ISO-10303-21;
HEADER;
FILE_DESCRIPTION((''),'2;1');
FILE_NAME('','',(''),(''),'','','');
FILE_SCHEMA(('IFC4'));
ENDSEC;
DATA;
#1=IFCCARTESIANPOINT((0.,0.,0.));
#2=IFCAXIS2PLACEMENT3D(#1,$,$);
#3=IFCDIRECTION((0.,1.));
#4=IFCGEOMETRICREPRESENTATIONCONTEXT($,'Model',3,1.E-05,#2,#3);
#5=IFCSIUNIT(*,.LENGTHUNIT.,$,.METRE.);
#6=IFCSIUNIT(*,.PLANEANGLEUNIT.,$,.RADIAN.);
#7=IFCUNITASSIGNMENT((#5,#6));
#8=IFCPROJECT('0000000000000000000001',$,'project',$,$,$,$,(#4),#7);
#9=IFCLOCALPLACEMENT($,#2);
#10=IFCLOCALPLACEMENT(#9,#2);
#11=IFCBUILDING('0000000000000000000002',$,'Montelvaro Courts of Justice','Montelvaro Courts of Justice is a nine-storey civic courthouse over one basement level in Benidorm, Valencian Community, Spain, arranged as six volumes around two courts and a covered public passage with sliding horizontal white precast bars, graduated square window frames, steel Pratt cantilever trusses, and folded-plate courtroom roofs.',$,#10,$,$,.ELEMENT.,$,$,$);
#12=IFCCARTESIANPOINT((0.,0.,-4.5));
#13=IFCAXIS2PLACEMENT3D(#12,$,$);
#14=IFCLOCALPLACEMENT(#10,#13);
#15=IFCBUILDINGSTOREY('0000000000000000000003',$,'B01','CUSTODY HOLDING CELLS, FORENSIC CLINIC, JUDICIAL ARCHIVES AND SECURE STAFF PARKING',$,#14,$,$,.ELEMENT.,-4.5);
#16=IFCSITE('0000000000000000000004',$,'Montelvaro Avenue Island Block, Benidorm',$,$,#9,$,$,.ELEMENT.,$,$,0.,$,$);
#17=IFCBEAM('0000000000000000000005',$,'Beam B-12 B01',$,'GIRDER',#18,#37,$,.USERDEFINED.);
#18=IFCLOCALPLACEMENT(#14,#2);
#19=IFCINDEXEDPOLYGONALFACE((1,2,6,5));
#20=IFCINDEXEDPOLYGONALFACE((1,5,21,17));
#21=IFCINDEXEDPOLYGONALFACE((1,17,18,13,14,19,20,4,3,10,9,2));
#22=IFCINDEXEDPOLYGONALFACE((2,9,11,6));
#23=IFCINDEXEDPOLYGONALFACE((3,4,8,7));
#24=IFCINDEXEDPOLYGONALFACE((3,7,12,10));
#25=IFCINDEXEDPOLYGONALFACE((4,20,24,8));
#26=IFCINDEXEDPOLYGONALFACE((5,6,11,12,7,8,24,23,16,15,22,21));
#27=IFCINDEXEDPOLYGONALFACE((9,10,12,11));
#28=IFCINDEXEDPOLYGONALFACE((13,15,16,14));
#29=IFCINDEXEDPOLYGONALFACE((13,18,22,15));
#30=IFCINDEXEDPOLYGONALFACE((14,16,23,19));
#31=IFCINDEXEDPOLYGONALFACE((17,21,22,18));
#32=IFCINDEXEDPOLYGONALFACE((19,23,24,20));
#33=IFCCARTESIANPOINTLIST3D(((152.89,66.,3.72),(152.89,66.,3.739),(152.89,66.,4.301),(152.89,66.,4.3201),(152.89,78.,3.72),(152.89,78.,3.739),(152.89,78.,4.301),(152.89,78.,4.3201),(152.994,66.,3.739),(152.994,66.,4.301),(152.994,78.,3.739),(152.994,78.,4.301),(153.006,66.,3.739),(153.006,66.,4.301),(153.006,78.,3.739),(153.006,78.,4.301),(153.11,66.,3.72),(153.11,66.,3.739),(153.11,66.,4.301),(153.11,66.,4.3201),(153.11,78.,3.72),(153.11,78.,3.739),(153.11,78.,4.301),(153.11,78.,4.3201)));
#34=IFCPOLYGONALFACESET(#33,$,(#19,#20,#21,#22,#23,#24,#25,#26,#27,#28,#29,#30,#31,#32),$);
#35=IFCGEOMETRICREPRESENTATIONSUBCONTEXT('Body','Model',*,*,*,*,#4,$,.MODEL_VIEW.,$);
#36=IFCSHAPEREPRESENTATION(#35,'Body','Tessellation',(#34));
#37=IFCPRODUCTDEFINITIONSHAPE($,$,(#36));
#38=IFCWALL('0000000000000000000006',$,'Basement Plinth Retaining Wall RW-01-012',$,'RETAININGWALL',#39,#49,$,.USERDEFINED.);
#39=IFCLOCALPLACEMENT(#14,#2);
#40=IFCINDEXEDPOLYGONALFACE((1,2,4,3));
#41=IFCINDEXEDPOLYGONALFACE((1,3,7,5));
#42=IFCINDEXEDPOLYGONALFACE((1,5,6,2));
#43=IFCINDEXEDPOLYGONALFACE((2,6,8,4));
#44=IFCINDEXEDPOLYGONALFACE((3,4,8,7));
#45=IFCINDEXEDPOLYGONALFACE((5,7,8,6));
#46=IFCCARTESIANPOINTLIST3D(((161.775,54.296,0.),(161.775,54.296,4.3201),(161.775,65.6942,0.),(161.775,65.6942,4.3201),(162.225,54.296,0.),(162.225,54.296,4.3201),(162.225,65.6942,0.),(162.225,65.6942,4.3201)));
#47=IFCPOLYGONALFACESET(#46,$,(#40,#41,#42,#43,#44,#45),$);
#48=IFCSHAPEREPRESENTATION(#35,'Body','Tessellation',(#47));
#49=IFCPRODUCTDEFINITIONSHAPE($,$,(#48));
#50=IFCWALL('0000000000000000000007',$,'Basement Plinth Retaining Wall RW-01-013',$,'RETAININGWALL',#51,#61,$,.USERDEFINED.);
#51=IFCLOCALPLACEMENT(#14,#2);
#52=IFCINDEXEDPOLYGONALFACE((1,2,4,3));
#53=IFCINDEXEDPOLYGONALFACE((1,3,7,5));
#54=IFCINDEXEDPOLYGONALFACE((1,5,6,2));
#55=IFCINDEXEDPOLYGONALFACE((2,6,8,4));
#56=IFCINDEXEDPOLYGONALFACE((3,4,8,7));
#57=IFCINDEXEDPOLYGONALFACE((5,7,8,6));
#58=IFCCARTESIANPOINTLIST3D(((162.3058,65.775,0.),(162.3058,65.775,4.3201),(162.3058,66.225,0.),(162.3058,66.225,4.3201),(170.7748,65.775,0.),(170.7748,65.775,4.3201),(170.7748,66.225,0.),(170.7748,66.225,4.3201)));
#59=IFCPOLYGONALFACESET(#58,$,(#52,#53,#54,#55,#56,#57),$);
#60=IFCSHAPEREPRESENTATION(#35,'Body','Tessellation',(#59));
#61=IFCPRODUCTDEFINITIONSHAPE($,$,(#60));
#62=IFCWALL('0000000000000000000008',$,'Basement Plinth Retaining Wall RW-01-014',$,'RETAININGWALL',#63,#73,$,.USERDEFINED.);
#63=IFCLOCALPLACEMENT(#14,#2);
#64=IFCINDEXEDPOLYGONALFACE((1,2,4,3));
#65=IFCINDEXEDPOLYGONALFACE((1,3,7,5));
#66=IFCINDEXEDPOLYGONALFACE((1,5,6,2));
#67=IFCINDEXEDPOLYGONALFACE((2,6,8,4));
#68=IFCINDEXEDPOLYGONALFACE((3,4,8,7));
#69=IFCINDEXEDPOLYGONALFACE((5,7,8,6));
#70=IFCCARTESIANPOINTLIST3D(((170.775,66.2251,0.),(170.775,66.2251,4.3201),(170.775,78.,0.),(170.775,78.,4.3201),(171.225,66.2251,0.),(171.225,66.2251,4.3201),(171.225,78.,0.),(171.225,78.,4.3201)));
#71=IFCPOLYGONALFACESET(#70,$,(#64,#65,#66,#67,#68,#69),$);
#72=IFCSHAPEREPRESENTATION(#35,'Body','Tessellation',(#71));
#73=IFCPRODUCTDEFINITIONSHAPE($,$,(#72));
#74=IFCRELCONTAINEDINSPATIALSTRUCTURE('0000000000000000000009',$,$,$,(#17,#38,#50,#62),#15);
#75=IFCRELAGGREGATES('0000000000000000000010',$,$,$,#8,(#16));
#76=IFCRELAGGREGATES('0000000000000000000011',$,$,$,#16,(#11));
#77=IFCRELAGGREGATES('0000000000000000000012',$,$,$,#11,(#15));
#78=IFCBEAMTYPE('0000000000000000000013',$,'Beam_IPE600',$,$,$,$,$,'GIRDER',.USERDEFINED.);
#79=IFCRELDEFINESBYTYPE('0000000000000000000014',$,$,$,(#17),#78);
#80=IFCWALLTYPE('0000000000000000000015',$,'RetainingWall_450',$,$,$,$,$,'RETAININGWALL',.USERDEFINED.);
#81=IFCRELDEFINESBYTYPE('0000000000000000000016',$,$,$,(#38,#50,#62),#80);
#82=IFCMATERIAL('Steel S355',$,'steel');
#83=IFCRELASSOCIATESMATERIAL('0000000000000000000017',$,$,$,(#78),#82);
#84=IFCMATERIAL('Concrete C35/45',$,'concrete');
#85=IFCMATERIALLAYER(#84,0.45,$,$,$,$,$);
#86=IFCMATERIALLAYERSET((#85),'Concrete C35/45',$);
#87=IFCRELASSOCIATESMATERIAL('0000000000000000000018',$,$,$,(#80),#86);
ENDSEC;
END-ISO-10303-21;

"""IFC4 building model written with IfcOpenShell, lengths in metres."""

from ifc_helpers import new_model, si_unit, direction, frame, frame_2d, origin, origin_2d, place, context, subcontext, project, spatial, rectangle, i_section, extrude, material, layer, layer_set, material_profile, profile_set, type_object, element, save


model = new_model("IFC4")

# Units and contexts
model_context = context("Model", 3, precision=1e-05, world=origin(), true_north=direction((0.0, 1.0)))
body_context = subcontext(model_context, "Body", "Model", "MODEL_VIEW")
ifc_project = project(units=[si_unit("LENGTHUNIT", "METRE"), si_unit("PLANEANGLEUNIT", "RADIAN")], contexts=[model_context])

# Site, building, storey
site_placement = place(None, origin())
site = spatial("IfcSite", under=ifc_project, at=site_placement, Name="Montelvaro Avenue Island Block, Benidorm", CompositionType="ELEMENT", RefElevation=0.0)
building_placement = place(site_placement, origin())
building = spatial("IfcBuilding", under=site, at=building_placement, Name="Montelvaro Courts of Justice", Description="Montelvaro Courts of Justice is a nine-storey civic courthouse over one basement level in Benidorm, Valencian Community, Spain, arranged as six volumes around two courts and a covered public passage with sliding horizontal white precast bars, graduated square window frames, steel Pratt cantilever trusses, and folded-plate courtroom roofs.", CompositionType="ELEMENT")
storey_placement = place(building_placement, frame((0.0, 0.0, -4.5)))
storey = spatial("IfcBuildingStorey", under=building, at=storey_placement, Name="B01", Description="CUSTODY HOLDING CELLS, FORENSIC CLINIC, JUDICIAL ARCHIVES AND SECURE STAFF PARKING", CompositionType="ELEMENT", Elevation=-4.5)

# Shared definitions
ifc_material_1 = material(Name="Concrete C35/45", Category="concrete")

# Beam
ifc_material_2 = material(Name="Steel S355", Category="steel")
ifc_material_profile_1 = material_profile(ifc_material_2, i_section(OverallWidth=0.22, OverallDepth=0.6001, WebThickness=0.012, FlangeThickness=0.019, at=origin_2d()), Name="IPE 600")
ifc_profile_set_1 = profile_set([ifc_material_profile_1], Name="Steel S355")
beam_type_1 = type_object("IfcBeamType", Name="Beam_IPE600", ElementType="GIRDER", PredefinedType="USERDEFINED", material=ifc_profile_set_1)
beam_1_placement = place(storey_placement, frame((153.0, 66.0, 4.02), z_axis=(0.0, 1.0, 0.0), x_axis=(-1.0, 0.0, 0.0)))
element("IfcBeam", 1, at=beam_1_placement, inside=storey, type_object=beam_type_1, Name="Beam B-12 B01", ObjectType="GIRDER", PredefinedType="USERDEFINED", context=body_context, shape_type="SweptSolid", body=[
    extrude(i_section(OverallWidth=0.22, OverallDepth=0.6001, WebThickness=0.012, FlangeThickness=0.019, at=origin_2d()), origin(), (0.0, 0.0, 1.0), 12.0),
])

# Walls
ifc_layer = layer(ifc_material_1, 0.45)
ifc_layer_set = layer_set([ifc_layer], Name="Concrete C35/45")
wall_type = type_object("IfcWallType", Name="RetainingWall_450", ElementType="RETAININGWALL", PredefinedType="USERDEFINED", material=ifc_layer_set)
wall_1_placement = place(storey_placement, frame((162.0, 54.2959, 0.0), z_axis=(0.0, 0.0, 1.0), x_axis=(0.0, 1.0, 0.0)))
element("IfcWall", 2, at=wall_1_placement, inside=storey, type_object=wall_type, Name="Basement Plinth Retaining Wall RW-01-012", ObjectType="RETAININGWALL", PredefinedType="USERDEFINED", context=body_context, shape_type="SweptSolid", body=[
    extrude(rectangle(XDim=11.3982, YDim=0.45, at=frame_2d((5.6992, 0.0))), origin(), (0.0, 0.0, 1.0), 4.3201),
])
wall_2_placement = place(storey_placement, frame((162.3059, 66.0, 0.0), z_axis=(0.0, 0.0, 1.0), x_axis=(1.0, 0.0, 0.0)))
element("IfcWall", 3, at=wall_2_placement, inside=storey, type_object=wall_type, Name="Basement Plinth Retaining Wall RW-01-013", ObjectType="RETAININGWALL", PredefinedType="USERDEFINED", context=body_context, shape_type="SweptSolid", body=[
    extrude(rectangle(XDim=8.469, YDim=0.45, at=frame_2d((4.2344, 0.0))), origin(), (0.0, 0.0, 1.0), 4.3201),
])
wall_3_placement = place(storey_placement, frame((171.0, 66.2251, 0.0), z_axis=(0.0, 0.0, 1.0), x_axis=(0.0, 1.0, 0.0)))
element("IfcWall", 4, at=wall_3_placement, inside=storey, type_object=wall_type, Name="Basement Plinth Retaining Wall RW-01-014", ObjectType="RETAININGWALL", PredefinedType="USERDEFINED", context=body_context, shape_type="SweptSolid", body=[
    extrude(rectangle(XDim=11.7749, YDim=0.45, at=frame_2d((5.8875, 0.0))), origin(), (0.0, 0.0, 1.0), 4.3201),
])

save(model, "model.ifc")
